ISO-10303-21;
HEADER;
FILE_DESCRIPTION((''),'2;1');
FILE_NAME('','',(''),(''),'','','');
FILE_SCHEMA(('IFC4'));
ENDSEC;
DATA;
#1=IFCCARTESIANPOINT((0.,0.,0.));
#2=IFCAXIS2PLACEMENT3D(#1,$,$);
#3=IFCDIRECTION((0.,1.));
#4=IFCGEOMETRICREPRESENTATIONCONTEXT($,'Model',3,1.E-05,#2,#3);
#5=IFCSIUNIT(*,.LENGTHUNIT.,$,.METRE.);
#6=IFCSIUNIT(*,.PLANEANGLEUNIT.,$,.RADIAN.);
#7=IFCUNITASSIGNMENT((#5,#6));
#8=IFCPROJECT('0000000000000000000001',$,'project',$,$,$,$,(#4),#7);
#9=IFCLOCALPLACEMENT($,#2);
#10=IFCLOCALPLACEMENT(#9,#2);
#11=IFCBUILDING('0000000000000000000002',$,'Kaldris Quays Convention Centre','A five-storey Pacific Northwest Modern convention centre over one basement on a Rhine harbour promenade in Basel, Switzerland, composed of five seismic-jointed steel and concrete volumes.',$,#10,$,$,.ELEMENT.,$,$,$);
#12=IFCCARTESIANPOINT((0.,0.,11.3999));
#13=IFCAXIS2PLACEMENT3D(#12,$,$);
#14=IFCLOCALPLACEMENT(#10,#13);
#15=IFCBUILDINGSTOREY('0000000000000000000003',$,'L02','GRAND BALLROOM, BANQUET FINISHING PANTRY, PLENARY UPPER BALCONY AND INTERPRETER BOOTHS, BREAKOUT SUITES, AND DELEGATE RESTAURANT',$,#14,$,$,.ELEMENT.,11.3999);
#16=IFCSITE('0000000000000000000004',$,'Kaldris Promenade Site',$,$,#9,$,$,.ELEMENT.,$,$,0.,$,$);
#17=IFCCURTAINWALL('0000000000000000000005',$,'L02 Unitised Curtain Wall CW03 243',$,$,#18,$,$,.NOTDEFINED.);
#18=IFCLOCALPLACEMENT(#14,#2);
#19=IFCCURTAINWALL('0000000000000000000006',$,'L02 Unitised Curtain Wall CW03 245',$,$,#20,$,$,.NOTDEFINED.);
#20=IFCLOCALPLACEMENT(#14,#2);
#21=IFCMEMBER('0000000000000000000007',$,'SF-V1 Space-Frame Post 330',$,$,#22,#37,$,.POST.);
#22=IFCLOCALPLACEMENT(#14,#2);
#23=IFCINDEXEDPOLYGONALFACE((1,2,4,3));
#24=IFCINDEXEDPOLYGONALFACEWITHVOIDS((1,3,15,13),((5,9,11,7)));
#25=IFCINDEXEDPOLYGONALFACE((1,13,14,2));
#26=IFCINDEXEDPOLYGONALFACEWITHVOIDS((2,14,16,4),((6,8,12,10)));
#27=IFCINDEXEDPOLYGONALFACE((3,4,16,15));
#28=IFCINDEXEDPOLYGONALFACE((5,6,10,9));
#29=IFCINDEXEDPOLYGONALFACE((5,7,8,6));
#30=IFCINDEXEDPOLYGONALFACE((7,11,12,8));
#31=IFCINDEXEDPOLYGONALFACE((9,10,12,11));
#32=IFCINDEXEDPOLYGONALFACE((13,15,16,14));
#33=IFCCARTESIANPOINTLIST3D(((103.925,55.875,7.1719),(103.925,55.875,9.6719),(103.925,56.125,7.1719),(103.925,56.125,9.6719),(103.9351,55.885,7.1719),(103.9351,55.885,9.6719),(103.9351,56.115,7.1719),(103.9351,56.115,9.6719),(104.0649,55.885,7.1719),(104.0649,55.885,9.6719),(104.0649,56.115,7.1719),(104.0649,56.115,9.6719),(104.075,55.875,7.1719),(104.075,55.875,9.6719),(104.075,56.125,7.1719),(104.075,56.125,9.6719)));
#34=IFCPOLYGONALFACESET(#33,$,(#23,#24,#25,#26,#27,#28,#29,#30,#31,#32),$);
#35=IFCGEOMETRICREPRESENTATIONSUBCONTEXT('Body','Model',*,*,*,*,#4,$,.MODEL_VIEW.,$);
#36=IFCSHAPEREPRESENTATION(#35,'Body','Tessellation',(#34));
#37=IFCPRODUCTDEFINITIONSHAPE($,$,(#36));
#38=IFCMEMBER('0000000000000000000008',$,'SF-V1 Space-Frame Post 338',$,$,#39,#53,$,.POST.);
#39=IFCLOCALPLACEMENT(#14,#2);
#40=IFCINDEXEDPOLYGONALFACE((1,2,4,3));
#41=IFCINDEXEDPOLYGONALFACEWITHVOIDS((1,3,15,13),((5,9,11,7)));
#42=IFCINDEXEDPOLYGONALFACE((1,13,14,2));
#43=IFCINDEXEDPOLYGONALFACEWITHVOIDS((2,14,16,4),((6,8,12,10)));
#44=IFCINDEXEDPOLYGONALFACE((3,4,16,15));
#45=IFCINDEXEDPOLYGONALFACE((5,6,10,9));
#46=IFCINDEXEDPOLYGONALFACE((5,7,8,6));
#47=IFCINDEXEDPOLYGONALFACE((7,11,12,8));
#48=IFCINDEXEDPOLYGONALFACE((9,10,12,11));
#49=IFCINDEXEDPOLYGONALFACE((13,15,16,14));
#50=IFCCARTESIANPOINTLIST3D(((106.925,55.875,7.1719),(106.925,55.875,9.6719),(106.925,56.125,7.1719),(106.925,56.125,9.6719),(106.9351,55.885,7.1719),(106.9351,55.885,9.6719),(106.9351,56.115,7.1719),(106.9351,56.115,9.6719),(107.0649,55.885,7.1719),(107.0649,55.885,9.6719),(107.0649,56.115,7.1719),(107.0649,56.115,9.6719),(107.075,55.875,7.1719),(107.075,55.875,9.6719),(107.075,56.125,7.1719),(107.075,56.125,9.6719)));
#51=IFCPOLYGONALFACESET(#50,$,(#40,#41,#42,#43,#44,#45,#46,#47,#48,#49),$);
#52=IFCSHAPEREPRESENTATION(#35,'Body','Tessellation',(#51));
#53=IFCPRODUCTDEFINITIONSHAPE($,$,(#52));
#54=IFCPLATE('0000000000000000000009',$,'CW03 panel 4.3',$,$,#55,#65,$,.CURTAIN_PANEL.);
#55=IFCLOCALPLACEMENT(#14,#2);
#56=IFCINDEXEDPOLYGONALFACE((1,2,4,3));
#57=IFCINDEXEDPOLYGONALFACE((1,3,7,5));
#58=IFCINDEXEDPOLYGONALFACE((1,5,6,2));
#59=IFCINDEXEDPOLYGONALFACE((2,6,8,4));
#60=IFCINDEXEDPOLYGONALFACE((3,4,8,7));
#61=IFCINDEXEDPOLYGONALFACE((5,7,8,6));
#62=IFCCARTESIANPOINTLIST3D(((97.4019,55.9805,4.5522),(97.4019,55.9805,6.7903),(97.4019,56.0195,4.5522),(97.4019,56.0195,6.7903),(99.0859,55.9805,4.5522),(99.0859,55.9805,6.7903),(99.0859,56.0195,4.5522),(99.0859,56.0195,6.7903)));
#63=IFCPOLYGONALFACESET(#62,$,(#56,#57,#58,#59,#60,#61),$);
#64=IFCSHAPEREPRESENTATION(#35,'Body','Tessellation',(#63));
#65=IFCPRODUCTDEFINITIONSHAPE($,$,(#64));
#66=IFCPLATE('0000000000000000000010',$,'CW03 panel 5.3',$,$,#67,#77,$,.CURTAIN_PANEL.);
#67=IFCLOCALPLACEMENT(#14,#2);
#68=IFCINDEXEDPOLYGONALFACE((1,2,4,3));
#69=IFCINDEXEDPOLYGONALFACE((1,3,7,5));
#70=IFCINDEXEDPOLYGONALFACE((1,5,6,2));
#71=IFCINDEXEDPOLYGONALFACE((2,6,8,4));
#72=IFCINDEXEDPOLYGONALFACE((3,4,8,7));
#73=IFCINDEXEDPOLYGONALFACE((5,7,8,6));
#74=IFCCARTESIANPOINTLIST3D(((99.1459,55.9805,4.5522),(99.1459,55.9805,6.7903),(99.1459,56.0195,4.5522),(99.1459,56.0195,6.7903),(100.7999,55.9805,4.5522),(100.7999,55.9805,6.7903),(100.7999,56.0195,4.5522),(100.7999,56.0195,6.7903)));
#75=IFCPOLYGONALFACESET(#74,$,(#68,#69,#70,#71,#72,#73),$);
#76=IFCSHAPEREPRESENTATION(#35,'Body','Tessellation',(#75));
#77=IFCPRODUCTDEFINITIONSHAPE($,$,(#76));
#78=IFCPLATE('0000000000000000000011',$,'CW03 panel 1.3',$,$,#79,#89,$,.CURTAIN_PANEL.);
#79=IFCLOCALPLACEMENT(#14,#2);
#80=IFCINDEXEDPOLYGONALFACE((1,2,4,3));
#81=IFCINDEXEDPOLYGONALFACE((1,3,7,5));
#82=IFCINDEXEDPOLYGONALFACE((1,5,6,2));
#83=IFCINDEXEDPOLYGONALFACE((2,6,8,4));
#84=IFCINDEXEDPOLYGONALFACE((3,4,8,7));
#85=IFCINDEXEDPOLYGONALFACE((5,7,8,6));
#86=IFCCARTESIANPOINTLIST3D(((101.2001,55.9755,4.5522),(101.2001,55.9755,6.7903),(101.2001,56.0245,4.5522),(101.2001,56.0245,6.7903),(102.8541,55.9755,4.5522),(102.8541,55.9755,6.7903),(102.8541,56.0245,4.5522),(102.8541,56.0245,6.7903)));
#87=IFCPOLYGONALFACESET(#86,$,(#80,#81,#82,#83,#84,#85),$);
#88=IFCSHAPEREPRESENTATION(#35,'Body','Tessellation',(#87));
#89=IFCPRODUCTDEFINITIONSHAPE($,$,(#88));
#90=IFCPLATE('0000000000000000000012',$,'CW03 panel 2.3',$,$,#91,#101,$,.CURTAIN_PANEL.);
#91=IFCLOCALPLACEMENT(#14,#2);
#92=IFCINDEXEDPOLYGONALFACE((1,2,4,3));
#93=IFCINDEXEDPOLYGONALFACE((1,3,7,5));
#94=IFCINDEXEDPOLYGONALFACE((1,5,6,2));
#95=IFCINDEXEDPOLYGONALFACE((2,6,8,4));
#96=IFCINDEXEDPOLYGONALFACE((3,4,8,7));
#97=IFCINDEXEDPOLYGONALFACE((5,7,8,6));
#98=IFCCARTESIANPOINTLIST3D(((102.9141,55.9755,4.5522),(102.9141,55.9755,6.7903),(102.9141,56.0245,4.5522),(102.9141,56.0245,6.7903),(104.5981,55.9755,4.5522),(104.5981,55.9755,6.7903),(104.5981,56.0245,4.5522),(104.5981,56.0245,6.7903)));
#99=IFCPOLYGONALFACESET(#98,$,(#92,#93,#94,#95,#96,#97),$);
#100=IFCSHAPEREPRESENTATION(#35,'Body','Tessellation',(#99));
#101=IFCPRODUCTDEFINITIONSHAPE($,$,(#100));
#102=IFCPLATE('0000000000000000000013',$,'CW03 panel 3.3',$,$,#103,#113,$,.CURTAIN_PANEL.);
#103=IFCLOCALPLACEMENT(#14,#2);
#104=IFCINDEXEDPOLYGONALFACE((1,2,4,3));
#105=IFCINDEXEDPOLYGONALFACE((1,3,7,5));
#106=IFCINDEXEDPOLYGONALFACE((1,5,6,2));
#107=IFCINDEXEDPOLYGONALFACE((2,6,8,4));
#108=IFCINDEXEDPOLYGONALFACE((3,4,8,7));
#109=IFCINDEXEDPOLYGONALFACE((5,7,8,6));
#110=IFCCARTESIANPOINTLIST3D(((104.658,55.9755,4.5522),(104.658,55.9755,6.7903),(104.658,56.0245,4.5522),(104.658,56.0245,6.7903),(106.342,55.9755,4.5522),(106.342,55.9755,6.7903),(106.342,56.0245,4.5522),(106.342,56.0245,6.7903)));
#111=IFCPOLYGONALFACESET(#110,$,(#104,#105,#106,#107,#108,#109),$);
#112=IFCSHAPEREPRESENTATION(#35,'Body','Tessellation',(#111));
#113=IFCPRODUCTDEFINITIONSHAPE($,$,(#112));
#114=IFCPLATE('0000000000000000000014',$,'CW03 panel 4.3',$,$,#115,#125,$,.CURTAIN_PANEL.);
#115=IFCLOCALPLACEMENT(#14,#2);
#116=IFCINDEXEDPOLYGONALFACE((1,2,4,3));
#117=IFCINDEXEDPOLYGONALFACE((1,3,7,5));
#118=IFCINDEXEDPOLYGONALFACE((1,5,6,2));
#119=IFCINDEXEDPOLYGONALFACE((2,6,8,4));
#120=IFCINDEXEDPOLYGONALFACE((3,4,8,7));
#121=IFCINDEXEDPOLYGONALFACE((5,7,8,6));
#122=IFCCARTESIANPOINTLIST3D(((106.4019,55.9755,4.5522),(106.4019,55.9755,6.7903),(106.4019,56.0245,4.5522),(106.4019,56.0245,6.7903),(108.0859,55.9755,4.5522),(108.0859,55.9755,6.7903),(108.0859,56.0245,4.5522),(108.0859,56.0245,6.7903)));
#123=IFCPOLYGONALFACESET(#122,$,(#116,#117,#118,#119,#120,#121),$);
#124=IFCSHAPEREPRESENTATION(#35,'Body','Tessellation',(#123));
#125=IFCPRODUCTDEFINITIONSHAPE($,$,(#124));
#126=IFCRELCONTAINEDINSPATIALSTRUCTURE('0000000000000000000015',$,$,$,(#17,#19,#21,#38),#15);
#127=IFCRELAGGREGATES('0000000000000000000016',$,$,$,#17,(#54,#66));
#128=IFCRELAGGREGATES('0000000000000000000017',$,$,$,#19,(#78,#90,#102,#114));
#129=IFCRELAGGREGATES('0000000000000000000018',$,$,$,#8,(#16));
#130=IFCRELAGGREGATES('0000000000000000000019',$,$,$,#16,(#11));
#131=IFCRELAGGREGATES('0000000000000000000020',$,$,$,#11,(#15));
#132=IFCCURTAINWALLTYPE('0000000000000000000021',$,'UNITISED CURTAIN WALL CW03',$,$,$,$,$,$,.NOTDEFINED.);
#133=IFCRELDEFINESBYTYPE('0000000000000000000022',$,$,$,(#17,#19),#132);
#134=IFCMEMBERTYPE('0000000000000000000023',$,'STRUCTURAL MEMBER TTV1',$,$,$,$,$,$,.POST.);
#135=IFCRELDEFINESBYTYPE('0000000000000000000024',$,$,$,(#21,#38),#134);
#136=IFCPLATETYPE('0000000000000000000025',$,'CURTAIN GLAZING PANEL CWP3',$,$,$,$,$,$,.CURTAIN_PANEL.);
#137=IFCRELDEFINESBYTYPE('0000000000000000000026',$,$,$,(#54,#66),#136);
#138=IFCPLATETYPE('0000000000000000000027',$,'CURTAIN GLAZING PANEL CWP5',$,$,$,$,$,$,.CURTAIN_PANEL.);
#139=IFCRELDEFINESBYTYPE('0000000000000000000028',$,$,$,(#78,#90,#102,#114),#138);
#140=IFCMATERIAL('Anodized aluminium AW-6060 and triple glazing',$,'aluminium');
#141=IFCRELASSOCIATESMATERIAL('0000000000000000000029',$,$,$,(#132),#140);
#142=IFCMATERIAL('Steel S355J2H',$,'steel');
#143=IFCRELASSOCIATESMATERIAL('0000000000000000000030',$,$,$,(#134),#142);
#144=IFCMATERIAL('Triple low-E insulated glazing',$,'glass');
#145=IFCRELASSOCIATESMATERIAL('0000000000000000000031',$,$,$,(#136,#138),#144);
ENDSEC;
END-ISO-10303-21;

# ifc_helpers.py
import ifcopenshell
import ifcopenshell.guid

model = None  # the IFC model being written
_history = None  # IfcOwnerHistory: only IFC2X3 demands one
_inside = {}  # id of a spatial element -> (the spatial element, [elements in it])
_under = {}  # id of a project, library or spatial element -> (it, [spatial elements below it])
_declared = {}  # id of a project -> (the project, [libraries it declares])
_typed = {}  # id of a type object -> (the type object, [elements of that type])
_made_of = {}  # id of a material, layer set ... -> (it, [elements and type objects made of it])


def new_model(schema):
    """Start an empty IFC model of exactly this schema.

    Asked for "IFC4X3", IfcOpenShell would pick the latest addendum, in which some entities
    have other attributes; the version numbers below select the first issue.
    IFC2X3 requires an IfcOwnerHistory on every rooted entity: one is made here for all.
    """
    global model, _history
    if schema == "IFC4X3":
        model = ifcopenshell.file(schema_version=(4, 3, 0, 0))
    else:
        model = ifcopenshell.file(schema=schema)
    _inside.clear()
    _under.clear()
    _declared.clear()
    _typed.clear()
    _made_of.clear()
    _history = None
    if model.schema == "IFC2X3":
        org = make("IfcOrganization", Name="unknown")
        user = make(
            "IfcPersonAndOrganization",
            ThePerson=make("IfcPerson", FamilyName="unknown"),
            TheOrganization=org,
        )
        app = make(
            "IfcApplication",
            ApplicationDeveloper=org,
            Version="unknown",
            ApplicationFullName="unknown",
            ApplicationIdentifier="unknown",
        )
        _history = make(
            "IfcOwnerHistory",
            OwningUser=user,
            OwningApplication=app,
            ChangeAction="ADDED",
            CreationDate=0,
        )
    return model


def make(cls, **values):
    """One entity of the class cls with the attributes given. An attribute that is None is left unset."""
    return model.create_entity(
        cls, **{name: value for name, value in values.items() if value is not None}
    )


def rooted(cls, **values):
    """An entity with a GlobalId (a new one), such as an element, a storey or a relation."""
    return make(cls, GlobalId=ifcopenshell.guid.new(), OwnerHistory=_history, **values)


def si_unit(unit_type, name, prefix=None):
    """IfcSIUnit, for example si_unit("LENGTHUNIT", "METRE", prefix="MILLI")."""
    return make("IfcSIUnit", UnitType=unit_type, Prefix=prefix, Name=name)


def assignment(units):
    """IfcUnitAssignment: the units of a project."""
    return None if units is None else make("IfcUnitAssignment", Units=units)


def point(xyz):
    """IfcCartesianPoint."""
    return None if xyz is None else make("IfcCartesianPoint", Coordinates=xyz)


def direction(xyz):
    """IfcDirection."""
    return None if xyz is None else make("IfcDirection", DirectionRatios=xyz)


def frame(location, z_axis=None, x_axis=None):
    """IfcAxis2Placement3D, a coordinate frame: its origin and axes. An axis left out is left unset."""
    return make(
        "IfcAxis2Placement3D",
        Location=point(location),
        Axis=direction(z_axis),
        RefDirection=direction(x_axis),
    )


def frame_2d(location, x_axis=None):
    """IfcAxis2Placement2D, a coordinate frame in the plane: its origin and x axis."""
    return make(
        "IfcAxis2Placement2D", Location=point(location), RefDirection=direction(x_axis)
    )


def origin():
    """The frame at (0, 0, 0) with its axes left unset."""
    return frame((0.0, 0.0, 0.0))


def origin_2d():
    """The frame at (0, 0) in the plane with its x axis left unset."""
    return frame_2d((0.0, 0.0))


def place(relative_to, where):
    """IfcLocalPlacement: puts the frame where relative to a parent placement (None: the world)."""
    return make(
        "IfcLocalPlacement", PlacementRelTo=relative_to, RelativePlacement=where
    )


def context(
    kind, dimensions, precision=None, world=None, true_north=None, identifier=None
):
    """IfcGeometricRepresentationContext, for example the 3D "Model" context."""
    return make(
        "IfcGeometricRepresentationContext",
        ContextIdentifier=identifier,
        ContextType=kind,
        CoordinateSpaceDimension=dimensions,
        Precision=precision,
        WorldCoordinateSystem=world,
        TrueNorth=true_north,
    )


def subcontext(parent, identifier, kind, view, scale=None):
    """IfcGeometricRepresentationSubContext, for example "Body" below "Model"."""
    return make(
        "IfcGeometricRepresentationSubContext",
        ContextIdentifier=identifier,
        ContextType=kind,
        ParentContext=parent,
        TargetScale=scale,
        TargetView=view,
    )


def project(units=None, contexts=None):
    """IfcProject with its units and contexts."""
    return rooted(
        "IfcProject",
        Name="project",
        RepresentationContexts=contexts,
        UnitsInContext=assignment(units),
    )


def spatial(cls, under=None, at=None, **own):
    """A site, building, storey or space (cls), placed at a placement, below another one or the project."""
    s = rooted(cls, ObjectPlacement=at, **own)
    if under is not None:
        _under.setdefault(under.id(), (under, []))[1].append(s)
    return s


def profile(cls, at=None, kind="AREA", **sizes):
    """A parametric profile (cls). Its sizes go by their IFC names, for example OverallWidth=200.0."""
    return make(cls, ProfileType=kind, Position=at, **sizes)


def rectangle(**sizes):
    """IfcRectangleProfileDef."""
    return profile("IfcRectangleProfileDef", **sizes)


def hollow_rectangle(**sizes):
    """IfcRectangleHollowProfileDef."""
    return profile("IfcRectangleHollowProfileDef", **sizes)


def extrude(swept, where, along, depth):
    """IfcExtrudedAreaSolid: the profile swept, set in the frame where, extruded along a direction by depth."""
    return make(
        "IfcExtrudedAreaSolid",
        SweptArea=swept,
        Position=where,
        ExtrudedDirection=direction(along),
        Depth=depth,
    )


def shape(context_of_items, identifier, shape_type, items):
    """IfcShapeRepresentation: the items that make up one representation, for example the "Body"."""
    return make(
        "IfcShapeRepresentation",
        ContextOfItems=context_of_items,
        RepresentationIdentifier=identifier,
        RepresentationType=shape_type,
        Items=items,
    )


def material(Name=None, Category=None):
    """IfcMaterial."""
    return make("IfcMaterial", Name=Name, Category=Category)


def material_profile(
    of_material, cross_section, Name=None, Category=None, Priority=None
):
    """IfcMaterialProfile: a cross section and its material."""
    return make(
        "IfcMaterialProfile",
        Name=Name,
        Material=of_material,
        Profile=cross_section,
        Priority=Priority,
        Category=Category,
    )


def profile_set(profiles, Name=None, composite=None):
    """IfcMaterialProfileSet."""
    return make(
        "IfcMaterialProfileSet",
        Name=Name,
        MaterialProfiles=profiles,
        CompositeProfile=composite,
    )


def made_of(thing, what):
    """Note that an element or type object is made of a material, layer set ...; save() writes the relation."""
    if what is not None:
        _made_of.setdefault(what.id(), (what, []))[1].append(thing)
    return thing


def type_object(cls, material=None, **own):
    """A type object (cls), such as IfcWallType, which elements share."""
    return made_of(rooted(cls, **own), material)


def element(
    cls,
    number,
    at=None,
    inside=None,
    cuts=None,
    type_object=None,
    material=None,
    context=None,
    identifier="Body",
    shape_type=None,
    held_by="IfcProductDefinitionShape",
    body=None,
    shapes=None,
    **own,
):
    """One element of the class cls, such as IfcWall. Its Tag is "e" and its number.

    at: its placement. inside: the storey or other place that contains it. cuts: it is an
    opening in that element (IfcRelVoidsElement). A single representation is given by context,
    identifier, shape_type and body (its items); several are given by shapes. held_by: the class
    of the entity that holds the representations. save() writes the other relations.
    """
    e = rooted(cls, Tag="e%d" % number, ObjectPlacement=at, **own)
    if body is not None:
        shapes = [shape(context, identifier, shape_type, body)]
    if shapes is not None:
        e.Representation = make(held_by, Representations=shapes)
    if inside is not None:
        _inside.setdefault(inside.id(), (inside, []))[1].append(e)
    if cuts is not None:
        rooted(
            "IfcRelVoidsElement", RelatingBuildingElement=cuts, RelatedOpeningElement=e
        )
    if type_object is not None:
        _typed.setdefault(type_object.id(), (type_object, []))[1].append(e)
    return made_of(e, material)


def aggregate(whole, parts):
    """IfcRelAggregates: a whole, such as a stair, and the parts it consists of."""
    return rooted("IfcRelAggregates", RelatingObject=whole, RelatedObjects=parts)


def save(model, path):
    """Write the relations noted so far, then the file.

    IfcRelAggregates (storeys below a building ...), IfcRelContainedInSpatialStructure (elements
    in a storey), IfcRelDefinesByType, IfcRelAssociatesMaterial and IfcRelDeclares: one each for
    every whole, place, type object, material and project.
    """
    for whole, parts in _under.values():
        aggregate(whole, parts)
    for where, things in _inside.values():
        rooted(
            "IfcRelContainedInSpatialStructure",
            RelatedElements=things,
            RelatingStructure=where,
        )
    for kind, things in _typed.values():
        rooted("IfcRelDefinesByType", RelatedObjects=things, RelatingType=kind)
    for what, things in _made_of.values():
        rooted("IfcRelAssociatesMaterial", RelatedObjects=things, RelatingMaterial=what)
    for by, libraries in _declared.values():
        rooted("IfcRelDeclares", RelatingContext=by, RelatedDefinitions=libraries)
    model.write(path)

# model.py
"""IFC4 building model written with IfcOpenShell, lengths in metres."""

from ifc_helpers import new_model, si_unit, direction, frame, origin, origin_2d, place, context, subcontext, project, spatial, rectangle, hollow_rectangle, extrude, material, material_profile, profile_set, type_object, element, aggregate, save


model = new_model("IFC4")

# Units and contexts
model_context = context("Model", 3, precision=1e-05, world=origin(), true_north=direction((0.0, 1.0)))
body_context = subcontext(model_context, "Body", "Model", "MODEL_VIEW")
ifc_project = project(units=[si_unit("LENGTHUNIT", "METRE"), si_unit("PLANEANGLEUNIT", "RADIAN")], contexts=[model_context])

# Site, building, storey
site_placement = place(None, origin())
site = spatial("IfcSite", under=ifc_project, at=site_placement, Name="Kaldris Promenade Site", CompositionType="ELEMENT", RefElevation=0.0)
building_placement = place(site_placement, origin())
building = spatial("IfcBuilding", under=site, at=building_placement, Name="Kaldris Quays Convention Centre", Description="A five-storey Pacific Northwest Modern convention centre over one basement on a Rhine harbour promenade in Basel, Switzerland, composed of five seismic-jointed steel and concrete volumes.", CompositionType="ELEMENT")
storey_placement = place(building_placement, frame((0.0, 0.0, 11.3999)))
storey = spatial("IfcBuildingStorey", under=building, at=storey_placement, Name="L02", Description="GRAND BALLROOM, BANQUET FINISHING PANTRY, PLENARY UPPER BALCONY AND INTERPRETER BOOTHS, BREAKOUT SUITES, AND DELEGATE RESTAURANT", CompositionType="ELEMENT", Elevation=11.3999)

# Curtain wall
ifc_material_1 = material(Name="Anodized aluminium AW-6060 and triple glazing", Category="aluminium")
curtain_wall_type = type_object("IfcCurtainWallType", Name="UNITISED CURTAIN WALL CW03", PredefinedType="NOTDEFINED", material=ifc_material_1)
curtain_wall_1_placement = place(storey_placement, origin())
curtain_wall_1 = element("IfcCurtainWall", 1, at=curtain_wall_1_placement, inside=storey, type_object=curtain_wall_type, Name="L02 Unitised Curtain Wall CW03 243", PredefinedType="NOTDEFINED")

# Curtain wall
curtain_wall_2_placement = place(storey_placement, origin())
curtain_wall_2 = element("IfcCurtainWall", 2, at=curtain_wall_2_placement, inside=storey, type_object=curtain_wall_type, Name="L02 Unitised Curtain Wall CW03 245", PredefinedType="NOTDEFINED")

# Members
ifc_material_2 = material(Name="Steel S355J2H", Category="steel")
ifc_material_profile_1 = material_profile(ifc_material_2, hollow_rectangle(XDim=0.1499, YDim=0.25, WallThickness=0.01, at=origin_2d()), Name="RHS 250x150x10")
ifc_profile_set_1 = profile_set([ifc_material_profile_1], Name="Steel S355J2H")
member_type_1 = type_object("IfcMemberType", Name="STRUCTURAL MEMBER TTV1", PredefinedType="POST", material=ifc_profile_set_1)
for number, where, z_axis, x_axis, name in (
    (3, (104.0, 56.0, 7.1719), (0.0, 0.0, 1.0), (1.0, 0.0, 0.0), "SF-V1 Space-Frame Post 330"),
    (4, (107.0, 56.0, 7.1719), (0.0, 0.0, 1.0), (1.0, 0.0, 0.0), "SF-V1 Space-Frame Post 338"),
):
    element("IfcMember", number, at=place(storey_placement, frame(where, z_axis=z_axis, x_axis=x_axis)), inside=storey, type_object=member_type_1, Name=name, PredefinedType="POST", context=body_context, shape_type="SweptSolid", body=[
        extrude(hollow_rectangle(XDim=0.1499, YDim=0.25, WallThickness=0.01, at=origin_2d()), origin(), (0.0, 0.0, 1.0), 2.5),
    ])

# Plates
ifc_material_3 = material(Name="Triple low-E insulated glazing", Category="glass")
plate_type_1 = type_object("IfcPlateType", Name="CURTAIN GLAZING PANEL CWP3", PredefinedType="CURTAIN_PANEL", material=ifc_material_3)
plate_1_placement = place(storey_placement, frame((98.2439, 56.0, 4.5522), z_axis=(0.0, 0.0, 1.0), x_axis=(1.0, 0.0, 0.0)))
plate_1 = element("IfcPlate", 5, at=plate_1_placement, type_object=plate_type_1, Name="CW03 panel 4.3", PredefinedType="CURTAIN_PANEL", context=body_context, shape_type="SweptSolid", body=[
    extrude(rectangle(XDim=1.6841, YDim=0.0391, at=origin_2d()), origin(), (0.0, 0.0, 1.0), 2.238),
])
plate_2_placement = place(storey_placement, frame((99.9729, 56.0, 4.5522), z_axis=(0.0, 0.0, 1.0), x_axis=(1.0, 0.0, 0.0)))
plate_2 = element("IfcPlate", 6, at=plate_2_placement, type_object=plate_type_1, Name="CW03 panel 5.3", PredefinedType="CURTAIN_PANEL", context=body_context, shape_type="SweptSolid", body=[
    extrude(rectangle(XDim=1.6541, YDim=0.0391, at=origin_2d()), origin(), (0.0, 0.0, 1.0), 2.238),
])
aggregate(curtain_wall_1, [plate_1, plate_2])
plate_type_2 = type_object("IfcPlateType", Name="CURTAIN GLAZING PANEL CWP5", PredefinedType="CURTAIN_PANEL", material=ifc_material_3)
plate_3_placement = place(storey_placement, frame((102.0271, 56.0, 4.5522), z_axis=(0.0, 0.0, 1.0), x_axis=(1.0, 0.0, 0.0)))
plate_3 = element("IfcPlate", 7, at=plate_3_placement, type_object=plate_type_2, Name="CW03 panel 1.3", PredefinedType="CURTAIN_PANEL", context=body_context, shape_type="SweptSolid", body=[
    extrude(rectangle(XDim=1.6541, YDim=0.0491, at=origin_2d()), origin(), (0.0, 0.0, 1.0), 2.238),
])
plate_4_placement = place(storey_placement, frame((103.7561, 56.0, 4.5522), z_axis=(0.0, 0.0, 1.0), x_axis=(1.0, 0.0, 0.0)))
plate_4 = element("IfcPlate", 8, at=plate_4_placement, type_object=plate_type_2, Name="CW03 panel 2.3", PredefinedType="CURTAIN_PANEL", context=body_context, shape_type="SweptSolid", body=[
    extrude(rectangle(XDim=1.6841, YDim=0.0491, at=origin_2d()), origin(), (0.0, 0.0, 1.0), 2.238),
])
plate_5_placement = place(storey_placement, frame((105.5, 56.0, 4.5522), z_axis=(0.0, 0.0, 1.0), x_axis=(1.0, 0.0, 0.0)))
plate_5 = element("IfcPlate", 9, at=plate_5_placement, type_object=plate_type_2, Name="CW03 panel 3.3", PredefinedType="CURTAIN_PANEL", context=body_context, shape_type="SweptSolid", body=[
    extrude(rectangle(XDim=1.6841, YDim=0.0491, at=origin_2d()), origin(), (0.0, 0.0, 1.0), 2.238),
])
plate_6_placement = place(storey_placement, frame((107.2439, 56.0, 4.5522), z_axis=(0.0, 0.0, 1.0), x_axis=(1.0, 0.0, 0.0)))
plate_6 = element("IfcPlate", 10, at=plate_6_placement, type_object=plate_type_2, Name="CW03 panel 4.3", PredefinedType="CURTAIN_PANEL", context=body_context, shape_type="SweptSolid", body=[
    extrude(rectangle(XDim=1.6841, YDim=0.0491, at=origin_2d()), origin(), (0.0, 0.0, 1.0), 2.238),
])
aggregate(curtain_wall_2, [plate_3, plate_4, plate_5, plate_6])

save(model, "model.ifc")
